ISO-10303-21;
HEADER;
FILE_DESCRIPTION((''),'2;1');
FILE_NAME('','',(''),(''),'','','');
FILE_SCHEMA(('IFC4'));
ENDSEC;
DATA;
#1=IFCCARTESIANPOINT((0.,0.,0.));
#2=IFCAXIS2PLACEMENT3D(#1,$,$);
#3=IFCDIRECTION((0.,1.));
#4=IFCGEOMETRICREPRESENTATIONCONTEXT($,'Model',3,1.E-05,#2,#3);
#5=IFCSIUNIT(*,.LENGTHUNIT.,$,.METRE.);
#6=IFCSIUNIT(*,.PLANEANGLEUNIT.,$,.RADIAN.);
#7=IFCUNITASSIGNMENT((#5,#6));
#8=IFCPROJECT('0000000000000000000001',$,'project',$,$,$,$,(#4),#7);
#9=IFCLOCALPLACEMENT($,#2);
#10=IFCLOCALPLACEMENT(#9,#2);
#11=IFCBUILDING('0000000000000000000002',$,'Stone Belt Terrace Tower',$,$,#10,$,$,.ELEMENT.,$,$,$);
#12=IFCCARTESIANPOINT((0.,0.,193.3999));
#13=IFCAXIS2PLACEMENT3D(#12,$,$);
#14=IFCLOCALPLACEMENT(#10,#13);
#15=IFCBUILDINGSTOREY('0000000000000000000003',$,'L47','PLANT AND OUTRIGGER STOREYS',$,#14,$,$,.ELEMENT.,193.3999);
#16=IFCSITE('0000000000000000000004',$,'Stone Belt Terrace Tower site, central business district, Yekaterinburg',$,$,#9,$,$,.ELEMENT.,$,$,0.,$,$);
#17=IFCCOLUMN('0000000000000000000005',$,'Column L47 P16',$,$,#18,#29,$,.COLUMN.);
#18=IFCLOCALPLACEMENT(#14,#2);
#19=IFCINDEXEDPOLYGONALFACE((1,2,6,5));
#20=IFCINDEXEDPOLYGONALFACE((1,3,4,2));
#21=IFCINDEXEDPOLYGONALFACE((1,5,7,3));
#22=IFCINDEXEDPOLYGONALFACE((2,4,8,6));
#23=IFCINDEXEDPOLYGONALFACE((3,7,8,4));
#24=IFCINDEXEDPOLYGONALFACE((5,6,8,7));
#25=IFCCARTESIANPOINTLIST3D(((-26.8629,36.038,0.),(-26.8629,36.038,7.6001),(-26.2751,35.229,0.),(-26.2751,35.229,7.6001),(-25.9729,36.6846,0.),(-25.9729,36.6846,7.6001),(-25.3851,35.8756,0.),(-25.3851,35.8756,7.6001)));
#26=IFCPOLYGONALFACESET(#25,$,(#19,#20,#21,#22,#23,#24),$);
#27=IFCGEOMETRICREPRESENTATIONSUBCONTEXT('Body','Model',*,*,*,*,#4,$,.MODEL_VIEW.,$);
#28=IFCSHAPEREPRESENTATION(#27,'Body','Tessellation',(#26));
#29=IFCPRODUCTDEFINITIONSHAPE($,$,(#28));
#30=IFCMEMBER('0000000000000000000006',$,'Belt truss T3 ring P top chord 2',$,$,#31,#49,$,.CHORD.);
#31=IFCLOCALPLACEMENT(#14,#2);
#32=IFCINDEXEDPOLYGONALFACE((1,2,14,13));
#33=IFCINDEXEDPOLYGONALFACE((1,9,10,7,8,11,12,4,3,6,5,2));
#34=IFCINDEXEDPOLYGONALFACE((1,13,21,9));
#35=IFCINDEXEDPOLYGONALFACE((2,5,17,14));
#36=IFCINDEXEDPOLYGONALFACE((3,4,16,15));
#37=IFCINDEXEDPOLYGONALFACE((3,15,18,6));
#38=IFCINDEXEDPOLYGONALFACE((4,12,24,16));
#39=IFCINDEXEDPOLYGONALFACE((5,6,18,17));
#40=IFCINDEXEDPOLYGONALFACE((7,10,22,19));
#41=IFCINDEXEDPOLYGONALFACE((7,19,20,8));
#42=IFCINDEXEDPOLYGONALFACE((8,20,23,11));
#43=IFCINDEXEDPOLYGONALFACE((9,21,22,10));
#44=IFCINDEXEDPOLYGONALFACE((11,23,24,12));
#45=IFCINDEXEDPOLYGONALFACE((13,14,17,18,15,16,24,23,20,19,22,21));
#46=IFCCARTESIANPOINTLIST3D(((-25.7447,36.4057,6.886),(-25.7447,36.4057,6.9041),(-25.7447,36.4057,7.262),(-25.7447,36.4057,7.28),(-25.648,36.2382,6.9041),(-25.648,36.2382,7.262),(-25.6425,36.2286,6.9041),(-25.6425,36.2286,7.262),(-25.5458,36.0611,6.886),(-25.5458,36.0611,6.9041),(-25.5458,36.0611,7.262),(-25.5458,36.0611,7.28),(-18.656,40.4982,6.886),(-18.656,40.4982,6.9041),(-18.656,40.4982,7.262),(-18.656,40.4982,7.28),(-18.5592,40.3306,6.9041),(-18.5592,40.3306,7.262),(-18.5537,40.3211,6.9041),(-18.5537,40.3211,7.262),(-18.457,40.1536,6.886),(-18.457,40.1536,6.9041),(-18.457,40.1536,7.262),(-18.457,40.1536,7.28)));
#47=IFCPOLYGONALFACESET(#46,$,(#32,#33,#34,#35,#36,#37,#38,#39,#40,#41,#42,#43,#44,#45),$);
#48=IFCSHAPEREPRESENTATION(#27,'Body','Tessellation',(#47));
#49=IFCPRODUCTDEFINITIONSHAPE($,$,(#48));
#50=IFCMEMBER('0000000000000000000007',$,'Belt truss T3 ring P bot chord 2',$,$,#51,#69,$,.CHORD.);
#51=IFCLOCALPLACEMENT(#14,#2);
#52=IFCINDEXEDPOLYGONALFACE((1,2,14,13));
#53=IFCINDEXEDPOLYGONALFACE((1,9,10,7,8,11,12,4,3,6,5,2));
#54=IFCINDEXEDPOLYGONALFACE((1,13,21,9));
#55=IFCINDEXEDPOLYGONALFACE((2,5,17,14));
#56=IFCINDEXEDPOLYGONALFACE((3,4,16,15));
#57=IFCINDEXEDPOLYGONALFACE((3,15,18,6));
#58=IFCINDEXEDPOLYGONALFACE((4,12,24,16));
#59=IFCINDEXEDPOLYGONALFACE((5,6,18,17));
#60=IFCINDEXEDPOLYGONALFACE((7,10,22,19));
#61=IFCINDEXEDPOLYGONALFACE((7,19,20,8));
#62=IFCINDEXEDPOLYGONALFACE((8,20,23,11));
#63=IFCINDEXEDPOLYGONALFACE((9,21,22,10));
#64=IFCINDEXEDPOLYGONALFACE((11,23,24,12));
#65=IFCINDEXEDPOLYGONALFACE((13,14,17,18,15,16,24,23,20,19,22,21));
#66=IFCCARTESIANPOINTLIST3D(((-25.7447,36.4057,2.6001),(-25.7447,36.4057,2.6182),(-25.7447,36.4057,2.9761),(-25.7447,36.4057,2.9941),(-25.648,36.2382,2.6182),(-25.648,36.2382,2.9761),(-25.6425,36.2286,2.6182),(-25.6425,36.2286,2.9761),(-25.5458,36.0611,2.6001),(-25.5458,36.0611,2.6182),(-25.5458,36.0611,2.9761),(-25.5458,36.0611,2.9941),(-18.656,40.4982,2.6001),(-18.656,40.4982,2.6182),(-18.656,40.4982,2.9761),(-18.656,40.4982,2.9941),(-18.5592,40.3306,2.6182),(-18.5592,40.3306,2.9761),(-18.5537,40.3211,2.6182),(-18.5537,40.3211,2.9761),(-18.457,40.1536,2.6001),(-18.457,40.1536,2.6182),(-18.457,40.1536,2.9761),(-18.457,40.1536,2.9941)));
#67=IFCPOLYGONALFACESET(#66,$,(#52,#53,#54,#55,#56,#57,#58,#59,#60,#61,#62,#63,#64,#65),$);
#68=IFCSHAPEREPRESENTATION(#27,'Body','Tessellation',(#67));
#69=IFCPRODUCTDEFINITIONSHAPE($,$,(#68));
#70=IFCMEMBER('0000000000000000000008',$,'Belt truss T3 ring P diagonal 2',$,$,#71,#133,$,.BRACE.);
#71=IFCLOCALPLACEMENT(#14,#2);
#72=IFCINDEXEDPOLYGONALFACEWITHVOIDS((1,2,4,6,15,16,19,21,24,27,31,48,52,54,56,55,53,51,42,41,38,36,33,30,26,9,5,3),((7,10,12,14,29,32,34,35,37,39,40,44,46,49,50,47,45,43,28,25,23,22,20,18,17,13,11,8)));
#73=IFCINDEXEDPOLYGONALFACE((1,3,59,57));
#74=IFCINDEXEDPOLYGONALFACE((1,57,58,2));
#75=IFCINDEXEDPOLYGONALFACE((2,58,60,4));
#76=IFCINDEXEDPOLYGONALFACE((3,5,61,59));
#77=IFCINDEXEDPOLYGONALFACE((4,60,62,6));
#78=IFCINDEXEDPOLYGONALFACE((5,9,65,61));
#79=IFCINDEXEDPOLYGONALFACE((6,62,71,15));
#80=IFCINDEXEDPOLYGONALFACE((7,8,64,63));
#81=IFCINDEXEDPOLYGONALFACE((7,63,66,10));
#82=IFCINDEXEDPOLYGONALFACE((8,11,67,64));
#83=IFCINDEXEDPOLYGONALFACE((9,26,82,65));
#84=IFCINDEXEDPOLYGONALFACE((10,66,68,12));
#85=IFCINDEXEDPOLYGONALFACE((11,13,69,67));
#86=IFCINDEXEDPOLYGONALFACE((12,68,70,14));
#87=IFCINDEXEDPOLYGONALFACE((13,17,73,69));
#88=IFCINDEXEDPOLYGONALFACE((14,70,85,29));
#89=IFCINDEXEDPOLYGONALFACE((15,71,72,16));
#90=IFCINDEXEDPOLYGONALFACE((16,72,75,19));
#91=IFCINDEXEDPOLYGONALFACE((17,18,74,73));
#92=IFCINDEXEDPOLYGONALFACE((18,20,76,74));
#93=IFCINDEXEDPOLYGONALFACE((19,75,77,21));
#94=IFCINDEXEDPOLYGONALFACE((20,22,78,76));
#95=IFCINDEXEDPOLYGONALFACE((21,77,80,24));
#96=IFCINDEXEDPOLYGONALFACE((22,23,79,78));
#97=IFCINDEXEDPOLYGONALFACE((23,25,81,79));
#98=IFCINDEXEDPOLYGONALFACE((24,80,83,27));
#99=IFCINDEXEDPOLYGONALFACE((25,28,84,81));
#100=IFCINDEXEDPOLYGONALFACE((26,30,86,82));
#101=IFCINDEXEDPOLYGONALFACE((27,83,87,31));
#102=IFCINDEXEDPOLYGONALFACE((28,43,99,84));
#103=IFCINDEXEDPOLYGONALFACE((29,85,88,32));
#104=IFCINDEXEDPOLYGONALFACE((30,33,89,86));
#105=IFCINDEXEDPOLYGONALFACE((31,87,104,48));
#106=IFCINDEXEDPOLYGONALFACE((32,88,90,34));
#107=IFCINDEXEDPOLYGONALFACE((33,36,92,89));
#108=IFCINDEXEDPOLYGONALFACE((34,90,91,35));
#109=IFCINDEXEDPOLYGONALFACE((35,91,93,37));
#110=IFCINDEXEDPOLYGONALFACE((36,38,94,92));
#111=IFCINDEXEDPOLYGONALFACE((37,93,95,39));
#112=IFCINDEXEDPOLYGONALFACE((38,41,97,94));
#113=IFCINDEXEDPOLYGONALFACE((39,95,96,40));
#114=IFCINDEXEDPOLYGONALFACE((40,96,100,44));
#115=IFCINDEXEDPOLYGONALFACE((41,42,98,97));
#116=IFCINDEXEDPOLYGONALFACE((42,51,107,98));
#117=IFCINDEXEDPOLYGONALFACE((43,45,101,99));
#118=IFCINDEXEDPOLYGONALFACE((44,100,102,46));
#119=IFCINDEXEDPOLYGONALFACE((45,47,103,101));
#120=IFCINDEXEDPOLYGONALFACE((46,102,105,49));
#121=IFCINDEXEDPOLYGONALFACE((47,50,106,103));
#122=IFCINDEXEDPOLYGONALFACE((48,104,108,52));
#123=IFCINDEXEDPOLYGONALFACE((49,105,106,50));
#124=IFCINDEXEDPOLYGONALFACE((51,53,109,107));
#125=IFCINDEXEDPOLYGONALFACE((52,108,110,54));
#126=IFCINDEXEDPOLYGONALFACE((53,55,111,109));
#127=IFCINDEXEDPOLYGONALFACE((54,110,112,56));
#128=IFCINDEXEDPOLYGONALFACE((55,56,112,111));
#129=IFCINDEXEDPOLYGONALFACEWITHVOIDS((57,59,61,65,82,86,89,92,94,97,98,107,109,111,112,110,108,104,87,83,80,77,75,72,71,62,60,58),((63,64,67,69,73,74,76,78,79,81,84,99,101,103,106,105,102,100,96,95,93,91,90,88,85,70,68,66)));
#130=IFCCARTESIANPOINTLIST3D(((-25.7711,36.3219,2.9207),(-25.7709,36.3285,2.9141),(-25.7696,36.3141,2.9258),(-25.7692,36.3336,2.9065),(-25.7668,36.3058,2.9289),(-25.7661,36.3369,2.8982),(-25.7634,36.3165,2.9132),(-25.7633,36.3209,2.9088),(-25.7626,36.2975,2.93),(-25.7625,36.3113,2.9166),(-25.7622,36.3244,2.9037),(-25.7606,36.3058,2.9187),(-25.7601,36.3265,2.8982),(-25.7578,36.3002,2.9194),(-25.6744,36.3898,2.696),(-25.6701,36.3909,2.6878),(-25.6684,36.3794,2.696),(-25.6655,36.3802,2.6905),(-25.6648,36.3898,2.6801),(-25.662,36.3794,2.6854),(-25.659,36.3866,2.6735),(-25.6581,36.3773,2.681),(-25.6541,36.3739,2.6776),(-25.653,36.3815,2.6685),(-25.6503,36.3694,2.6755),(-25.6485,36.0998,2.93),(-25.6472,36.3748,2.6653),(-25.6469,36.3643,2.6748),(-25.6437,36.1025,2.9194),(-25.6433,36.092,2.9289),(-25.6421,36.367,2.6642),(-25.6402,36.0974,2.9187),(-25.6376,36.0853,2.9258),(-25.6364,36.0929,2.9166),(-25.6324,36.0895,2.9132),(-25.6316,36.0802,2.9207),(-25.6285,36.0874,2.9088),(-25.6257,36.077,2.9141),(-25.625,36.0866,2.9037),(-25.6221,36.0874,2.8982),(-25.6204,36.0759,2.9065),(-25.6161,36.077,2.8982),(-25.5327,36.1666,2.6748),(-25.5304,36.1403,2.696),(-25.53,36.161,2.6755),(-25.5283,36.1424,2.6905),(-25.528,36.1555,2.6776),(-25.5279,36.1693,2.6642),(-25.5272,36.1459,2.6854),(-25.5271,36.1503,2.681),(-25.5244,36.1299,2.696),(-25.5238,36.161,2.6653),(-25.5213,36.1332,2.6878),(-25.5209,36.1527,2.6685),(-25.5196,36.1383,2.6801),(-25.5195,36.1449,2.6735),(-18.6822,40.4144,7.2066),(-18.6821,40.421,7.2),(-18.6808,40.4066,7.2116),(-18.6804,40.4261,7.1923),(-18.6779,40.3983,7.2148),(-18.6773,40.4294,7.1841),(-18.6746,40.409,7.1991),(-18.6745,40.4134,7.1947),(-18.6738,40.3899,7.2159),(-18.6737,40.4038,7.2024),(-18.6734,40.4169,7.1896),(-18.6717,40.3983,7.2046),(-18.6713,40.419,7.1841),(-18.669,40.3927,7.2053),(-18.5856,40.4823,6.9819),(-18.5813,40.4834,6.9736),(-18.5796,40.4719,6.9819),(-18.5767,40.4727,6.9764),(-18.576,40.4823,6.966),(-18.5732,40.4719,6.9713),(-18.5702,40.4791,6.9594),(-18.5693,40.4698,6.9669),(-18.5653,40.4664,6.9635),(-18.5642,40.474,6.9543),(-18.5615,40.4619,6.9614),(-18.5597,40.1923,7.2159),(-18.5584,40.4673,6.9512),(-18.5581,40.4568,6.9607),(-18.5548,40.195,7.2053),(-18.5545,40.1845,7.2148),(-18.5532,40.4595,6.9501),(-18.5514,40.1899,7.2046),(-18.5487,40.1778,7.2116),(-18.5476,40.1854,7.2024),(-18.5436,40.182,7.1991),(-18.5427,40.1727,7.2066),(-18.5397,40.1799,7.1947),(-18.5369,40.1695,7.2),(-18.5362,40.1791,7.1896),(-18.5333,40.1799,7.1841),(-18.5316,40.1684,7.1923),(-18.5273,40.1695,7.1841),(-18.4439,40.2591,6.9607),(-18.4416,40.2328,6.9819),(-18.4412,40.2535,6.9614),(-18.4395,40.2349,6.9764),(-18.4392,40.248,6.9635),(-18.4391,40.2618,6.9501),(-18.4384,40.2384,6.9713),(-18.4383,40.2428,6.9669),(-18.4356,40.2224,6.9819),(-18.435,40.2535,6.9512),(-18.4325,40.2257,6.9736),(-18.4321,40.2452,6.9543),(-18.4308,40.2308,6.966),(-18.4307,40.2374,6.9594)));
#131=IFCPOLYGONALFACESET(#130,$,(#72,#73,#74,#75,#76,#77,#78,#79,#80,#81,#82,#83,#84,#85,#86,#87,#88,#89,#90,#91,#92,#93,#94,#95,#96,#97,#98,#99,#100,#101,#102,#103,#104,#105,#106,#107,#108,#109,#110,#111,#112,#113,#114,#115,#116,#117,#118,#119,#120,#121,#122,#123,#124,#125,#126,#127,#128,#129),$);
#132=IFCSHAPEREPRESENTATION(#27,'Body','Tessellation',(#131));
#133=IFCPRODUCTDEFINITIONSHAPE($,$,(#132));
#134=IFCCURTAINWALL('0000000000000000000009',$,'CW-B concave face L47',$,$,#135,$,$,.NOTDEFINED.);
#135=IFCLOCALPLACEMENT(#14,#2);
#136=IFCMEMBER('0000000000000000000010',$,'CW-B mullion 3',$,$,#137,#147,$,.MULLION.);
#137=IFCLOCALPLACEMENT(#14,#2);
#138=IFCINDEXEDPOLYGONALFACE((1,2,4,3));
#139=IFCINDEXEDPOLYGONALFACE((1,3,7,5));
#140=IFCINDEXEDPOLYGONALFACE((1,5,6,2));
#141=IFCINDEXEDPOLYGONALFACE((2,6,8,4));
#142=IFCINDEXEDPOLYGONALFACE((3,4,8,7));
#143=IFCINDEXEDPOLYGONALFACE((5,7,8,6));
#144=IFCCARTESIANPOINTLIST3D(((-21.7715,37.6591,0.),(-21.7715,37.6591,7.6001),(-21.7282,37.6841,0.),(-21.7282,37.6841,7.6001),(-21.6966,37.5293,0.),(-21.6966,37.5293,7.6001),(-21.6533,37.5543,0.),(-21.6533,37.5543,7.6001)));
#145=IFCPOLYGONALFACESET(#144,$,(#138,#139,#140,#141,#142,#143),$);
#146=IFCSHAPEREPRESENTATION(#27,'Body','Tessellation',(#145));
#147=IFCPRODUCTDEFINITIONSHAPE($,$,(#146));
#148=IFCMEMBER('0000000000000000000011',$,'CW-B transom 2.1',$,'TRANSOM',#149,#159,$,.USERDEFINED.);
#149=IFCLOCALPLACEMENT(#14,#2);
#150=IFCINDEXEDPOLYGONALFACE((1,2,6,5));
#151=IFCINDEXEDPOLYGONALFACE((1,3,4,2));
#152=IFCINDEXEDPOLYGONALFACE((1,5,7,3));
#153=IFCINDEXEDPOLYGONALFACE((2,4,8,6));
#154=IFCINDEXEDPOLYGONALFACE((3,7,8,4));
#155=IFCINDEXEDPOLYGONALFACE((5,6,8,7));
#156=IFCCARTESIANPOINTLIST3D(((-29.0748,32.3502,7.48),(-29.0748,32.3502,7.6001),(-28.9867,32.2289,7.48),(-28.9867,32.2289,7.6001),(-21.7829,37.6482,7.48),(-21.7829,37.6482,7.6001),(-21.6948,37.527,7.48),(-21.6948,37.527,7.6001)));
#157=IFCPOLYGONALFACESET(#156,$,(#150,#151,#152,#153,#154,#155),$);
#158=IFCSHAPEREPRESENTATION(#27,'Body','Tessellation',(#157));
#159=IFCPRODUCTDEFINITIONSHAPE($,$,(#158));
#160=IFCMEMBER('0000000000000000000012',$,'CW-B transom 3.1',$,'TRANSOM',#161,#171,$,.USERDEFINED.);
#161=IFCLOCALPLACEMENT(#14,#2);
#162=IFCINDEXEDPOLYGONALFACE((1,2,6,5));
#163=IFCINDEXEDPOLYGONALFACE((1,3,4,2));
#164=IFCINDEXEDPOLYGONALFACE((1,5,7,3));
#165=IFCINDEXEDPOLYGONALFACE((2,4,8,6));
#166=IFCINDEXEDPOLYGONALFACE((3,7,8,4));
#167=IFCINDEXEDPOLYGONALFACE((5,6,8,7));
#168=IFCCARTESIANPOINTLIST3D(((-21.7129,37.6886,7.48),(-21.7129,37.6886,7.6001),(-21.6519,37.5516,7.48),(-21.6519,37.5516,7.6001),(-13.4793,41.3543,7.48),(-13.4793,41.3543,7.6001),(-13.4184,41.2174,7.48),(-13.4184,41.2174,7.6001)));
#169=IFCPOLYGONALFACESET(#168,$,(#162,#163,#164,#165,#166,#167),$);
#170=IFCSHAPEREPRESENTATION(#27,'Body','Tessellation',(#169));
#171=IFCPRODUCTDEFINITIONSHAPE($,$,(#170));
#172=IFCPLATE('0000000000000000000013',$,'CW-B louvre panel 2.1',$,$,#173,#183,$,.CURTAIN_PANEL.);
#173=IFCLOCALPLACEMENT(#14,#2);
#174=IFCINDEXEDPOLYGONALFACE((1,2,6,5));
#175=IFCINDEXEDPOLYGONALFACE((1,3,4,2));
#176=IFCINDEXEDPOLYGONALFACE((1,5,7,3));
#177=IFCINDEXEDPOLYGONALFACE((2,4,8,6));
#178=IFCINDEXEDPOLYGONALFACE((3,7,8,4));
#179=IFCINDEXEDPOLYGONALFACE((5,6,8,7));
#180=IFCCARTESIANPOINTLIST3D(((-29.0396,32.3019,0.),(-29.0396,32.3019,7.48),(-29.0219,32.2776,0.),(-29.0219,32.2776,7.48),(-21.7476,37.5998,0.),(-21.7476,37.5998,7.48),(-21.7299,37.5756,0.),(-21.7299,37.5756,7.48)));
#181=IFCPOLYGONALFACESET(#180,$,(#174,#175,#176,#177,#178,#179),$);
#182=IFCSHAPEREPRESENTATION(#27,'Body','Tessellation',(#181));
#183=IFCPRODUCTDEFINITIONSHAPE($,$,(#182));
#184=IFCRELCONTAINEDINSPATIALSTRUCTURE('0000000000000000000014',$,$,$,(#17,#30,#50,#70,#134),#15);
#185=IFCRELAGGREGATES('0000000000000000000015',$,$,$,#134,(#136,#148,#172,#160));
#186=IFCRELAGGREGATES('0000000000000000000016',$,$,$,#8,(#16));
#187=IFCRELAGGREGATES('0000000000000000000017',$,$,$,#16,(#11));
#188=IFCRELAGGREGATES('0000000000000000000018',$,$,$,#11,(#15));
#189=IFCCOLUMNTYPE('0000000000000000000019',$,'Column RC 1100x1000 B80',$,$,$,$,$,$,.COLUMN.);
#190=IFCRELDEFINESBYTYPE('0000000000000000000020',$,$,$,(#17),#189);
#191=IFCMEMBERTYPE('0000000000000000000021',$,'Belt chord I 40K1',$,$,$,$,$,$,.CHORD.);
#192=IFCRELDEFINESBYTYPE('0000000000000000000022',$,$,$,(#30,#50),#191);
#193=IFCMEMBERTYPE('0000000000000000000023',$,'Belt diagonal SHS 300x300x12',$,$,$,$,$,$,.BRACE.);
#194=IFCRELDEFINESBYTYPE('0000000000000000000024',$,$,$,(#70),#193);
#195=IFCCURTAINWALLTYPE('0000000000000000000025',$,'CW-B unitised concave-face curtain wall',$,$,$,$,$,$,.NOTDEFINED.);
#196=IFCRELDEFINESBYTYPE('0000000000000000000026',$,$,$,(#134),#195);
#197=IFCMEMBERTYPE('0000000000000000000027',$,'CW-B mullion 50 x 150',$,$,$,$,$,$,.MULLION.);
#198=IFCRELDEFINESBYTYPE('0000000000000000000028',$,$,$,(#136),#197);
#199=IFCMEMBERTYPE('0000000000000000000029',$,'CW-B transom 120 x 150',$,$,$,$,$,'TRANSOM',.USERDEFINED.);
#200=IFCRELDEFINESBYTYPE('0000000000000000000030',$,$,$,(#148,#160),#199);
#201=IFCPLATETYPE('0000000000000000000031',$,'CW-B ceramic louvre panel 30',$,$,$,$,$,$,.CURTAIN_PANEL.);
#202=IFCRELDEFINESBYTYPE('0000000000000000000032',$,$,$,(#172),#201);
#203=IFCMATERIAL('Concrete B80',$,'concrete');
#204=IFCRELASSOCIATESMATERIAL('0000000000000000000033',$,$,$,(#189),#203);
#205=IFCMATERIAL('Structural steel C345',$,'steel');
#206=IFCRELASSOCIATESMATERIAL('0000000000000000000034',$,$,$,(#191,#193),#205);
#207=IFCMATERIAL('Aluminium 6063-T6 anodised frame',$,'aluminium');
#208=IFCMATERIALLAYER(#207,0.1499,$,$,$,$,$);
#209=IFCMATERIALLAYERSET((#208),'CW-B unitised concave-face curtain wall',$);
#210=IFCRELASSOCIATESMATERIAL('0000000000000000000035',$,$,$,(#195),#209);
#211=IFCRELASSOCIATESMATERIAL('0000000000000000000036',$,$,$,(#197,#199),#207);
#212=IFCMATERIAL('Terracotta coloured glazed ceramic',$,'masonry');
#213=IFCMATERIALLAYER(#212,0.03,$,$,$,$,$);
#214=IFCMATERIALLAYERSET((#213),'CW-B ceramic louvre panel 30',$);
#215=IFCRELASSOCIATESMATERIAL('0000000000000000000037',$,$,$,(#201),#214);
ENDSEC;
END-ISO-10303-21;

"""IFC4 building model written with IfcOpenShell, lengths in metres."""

from ifc_helpers import new_model, si_unit, direction, frame, origin, origin_2d, place, context, subcontext, project, spatial, rectangle, hollow_rectangle, i_section, extrude, material, layer, layer_set, material_profile, profile_set, type_object, element, aggregate, save


model = new_model("IFC4")

# Units and contexts
model_context = context("Model", 3, precision=1e-05, world=origin(), true_north=direction((0.0, 1.0)))
body_context = subcontext(model_context, "Body", "Model", "MODEL_VIEW")
ifc_project = project(units=[si_unit("LENGTHUNIT", "METRE"), si_unit("PLANEANGLEUNIT", "RADIAN")], contexts=[model_context])

# Site, building, storey
site_placement = place(None, origin())
site = spatial("IfcSite", under=ifc_project, at=site_placement, Name="Stone Belt Terrace Tower site, central business district, Yekaterinburg", CompositionType="ELEMENT", RefElevation=0.0)
building_placement = place(site_placement, origin())
building = spatial("IfcBuilding", under=site, at=building_placement, Name="Stone Belt Terrace Tower", CompositionType="ELEMENT")
storey_placement = place(building_placement, frame((0.0, 0.0, 193.3999)))
storey = spatial("IfcBuildingStorey", under=building, at=storey_placement, Name="L47", Description="PLANT AND OUTRIGGER STOREYS", CompositionType="ELEMENT", Elevation=193.3999)

# Column
ifc_material_1 = material(Name="Concrete B80", Category="concrete")
ifc_material_profile_1 = material_profile(ifc_material_1, rectangle(XDim=1.1001, YDim=1.0, at=origin_2d()), Name="RC 1100x1000")
ifc_profile_set_1 = profile_set([ifc_material_profile_1], Name="Concrete B80")
column_type = type_object("IfcColumnType", Name="Column RC 1100x1000 B80", PredefinedType="COLUMN", material=ifc_profile_set_1)
column_placement = place(storey_placement, frame((-26.124, 35.9568, 0.0), z_axis=(0.0, 0.0, 1.0), x_axis=(0.809017, 0.587785, 0.0)))
element("IfcColumn", 1, at=column_placement, inside=storey, type_object=column_type, Name="Column L47 P16", PredefinedType="COLUMN", context=body_context, shape_type="SweptSolid", body=[
    extrude(rectangle(XDim=1.1001, YDim=1.0, at=origin_2d()), origin(), (0.0, 0.0, 1.0), 7.6001),
])

# Members
ifc_material_2 = material(Name="Structural steel C345", Category="steel")
ifc_material_profile_2 = material_profile(ifc_material_2, i_section(OverallWidth=0.3979, OverallDepth=0.394, WebThickness=0.011, FlangeThickness=0.0181, at=origin_2d()), Name="I 40K1")
ifc_profile_set_2 = profile_set([ifc_material_profile_2], Name="Structural steel C345")
member_type_1 = type_object("IfcMemberType", Name="Belt chord I 40K1", PredefinedType="CHORD", material=ifc_profile_set_2)
for number, where, z_axis, x_axis, name in (
    (2, (-25.6453, 36.2334, 7.083), (0.866038, 0.499979, 0.0), (-0.499979, 0.866038, 0.0), "Belt truss T3 ring P top chord 2"),
    (3, (-25.6453, 36.2334, 2.7971), (0.866038, 0.499979, 0.0), (-0.499979, 0.866038, 0.0), "Belt truss T3 ring P bot chord 2"),
):
    element("IfcMember", number, at=place(storey_placement, frame(where, z_axis=z_axis, x_axis=x_axis)), inside=storey, type_object=member_type_1, Name=name, PredefinedType="CHORD", context=body_context, shape_type="SweptSolid", body=[
        extrude(i_section(OverallWidth=0.3979, OverallDepth=0.394, WebThickness=0.011, FlangeThickness=0.0181, at=origin_2d()), origin(), (0.0, 0.0, 1.0), 8.1853),
    ])
ifc_material_profile_3 = material_profile(ifc_material_2, hollow_rectangle(XDim=0.3, YDim=0.3, WallThickness=0.012, InnerFilletRadius=0.0239, OuterFilletRadius=0.0359, at=origin_2d()), Name="SHS 300x300x12")
ifc_profile_set_3 = profile_set([ifc_material_profile_3], Name="Structural steel C345")
member_type_2 = type_object("IfcMemberType", Name="Belt diagonal SHS 300x300x12", PredefinedType="BRACE", material=ifc_profile_set_3)
member_1_placement = place(storey_placement, frame((-25.6453, 36.2334, 2.7971), z_axis=(0.767229, 0.442935, 0.463862), x_axis=(-0.499979, 0.866038, 0.0)))
element("IfcMember", 4, at=member_1_placement, inside=storey, type_object=member_type_2, Name="Belt truss T3 ring P diagonal 2", PredefinedType="BRACE", context=body_context, shape_type="SweptSolid", body=[
    extrude(hollow_rectangle(XDim=0.3, YDim=0.3, WallThickness=0.012, InnerFilletRadius=0.0239, OuterFilletRadius=0.0359, at=origin_2d()), origin(), (0.0, 0.0, 1.0), 9.2395),
])

# Curtain wall, members, plate
ifc_material_3 = material(Name="Aluminium 6063-T6 anodised frame", Category="aluminium")
ifc_layer_1 = layer(ifc_material_3, 0.1499)
ifc_layer_set_1 = layer_set([ifc_layer_1], Name="CW-B unitised concave-face curtain wall")
curtain_wall_type = type_object("IfcCurtainWallType", Name="CW-B unitised concave-face curtain wall", PredefinedType="NOTDEFINED", material=ifc_layer_set_1)
curtain_wall_placement = place(storey_placement, origin())
curtain_wall = element("IfcCurtainWall", 5, at=curtain_wall_placement, inside=storey, type_object=curtain_wall_type, Name="CW-B concave face L47", PredefinedType="NOTDEFINED")
ifc_material_profile_4 = material_profile(ifc_material_3, rectangle(XDim=0.1499, YDim=0.05, at=origin_2d()), Name="Aluminium 6063-T6 50x150")
ifc_profile_set_4 = profile_set([ifc_material_profile_4], Name="Aluminium 6063-T6 anodised frame")
member_type_3 = type_object("IfcMemberType", Name="CW-B mullion 50 x 150", PredefinedType="MULLION", material=ifc_profile_set_4)
member_2_placement = place(storey_placement, frame((-21.7124, 37.6067, 0.0), z_axis=(0.0, 0.0, 1.0), x_axis=(-0.5, 0.866025, 0.0)))
member_2 = element("IfcMember", 6, at=member_2_placement, type_object=member_type_3, Name="CW-B mullion 3", PredefinedType="MULLION", context=body_context, shape_type="SweptSolid", body=[
    extrude(rectangle(XDim=0.1499, YDim=0.05, at=origin_2d()), origin(), (0.0, 0.0, 1.0), 7.6001),
])
ifc_material_profile_5 = material_profile(ifc_material_3, rectangle(XDim=0.1499, YDim=0.1201, at=origin_2d()), Name="Aluminium 6063-T6 150x120")
ifc_profile_set_5 = profile_set([ifc_material_profile_5], Name="Aluminium 6063-T6 anodised frame")
member_type_4 = type_object("IfcMemberType", Name="CW-B transom 120 x 150", ElementType="TRANSOM", PredefinedType="USERDEFINED", material=ifc_profile_set_5)
member_3_placement = place(storey_placement, frame((-29.0308, 32.2896, 7.54), z_axis=(0.809009, 0.587796, 0.0), x_axis=(-0.587796, 0.809009, 0.0)))
member_3 = element("IfcMember", 7, at=member_3_placement, type_object=member_type_4, Name="CW-B transom 2.1", ObjectType="TRANSOM", PredefinedType="USERDEFINED", context=body_context, shape_type="SweptSolid", body=[
    extrude(rectangle(XDim=0.1499, YDim=0.1201, at=origin_2d()), origin(), (0.0, 0.0, 1.0), 9.0134),
])
member_4_placement = place(storey_placement, frame((-21.6824, 37.6201, 7.54), z_axis=(0.913549, 0.406729, 0.0), x_axis=(-0.406729, 0.913549, 0.0)))
member_4 = element("IfcMember", 8, at=member_4_placement, type_object=member_type_4, Name="CW-B transom 3.1", ObjectType="TRANSOM", PredefinedType="USERDEFINED", context=body_context, shape_type="SweptSolid", body=[
    extrude(rectangle(XDim=0.1499, YDim=0.1201, at=origin_2d()), origin(), (0.0, 0.0, 1.0), 9.0127),
])
ifc_material_4 = material(Name="Terracotta coloured glazed ceramic", Category="masonry")
ifc_layer_2 = layer(ifc_material_4, 0.03)
ifc_layer_set_2 = layer_set([ifc_layer_2], Name="CW-B ceramic louvre panel 30")
plate_type = type_object("IfcPlateType", Name="CW-B ceramic louvre panel 30", PredefinedType="CURTAIN_PANEL", material=ifc_layer_set_2)
plate_1_placement = place(storey_placement, frame((-25.3848, 34.9387, 0.0), z_axis=(0.0, 0.0, 1.0), x_axis=(0.809017, 0.587785, 0.0)))
plate_1 = element("IfcPlate", 9, at=plate_1_placement, type_object=plate_type, Name="CW-B louvre panel 2.1", PredefinedType="CURTAIN_PANEL", context=body_context, shape_type="SweptSolid", body=[
    extrude(rectangle(XDim=9.0134, YDim=0.03, at=origin_2d()), origin(), (0.0, 0.0, 1.0), 7.48),
])
aggregate(curtain_wall, [member_2, member_3, plate_1, member_4])

save(model, "model.ifc")
